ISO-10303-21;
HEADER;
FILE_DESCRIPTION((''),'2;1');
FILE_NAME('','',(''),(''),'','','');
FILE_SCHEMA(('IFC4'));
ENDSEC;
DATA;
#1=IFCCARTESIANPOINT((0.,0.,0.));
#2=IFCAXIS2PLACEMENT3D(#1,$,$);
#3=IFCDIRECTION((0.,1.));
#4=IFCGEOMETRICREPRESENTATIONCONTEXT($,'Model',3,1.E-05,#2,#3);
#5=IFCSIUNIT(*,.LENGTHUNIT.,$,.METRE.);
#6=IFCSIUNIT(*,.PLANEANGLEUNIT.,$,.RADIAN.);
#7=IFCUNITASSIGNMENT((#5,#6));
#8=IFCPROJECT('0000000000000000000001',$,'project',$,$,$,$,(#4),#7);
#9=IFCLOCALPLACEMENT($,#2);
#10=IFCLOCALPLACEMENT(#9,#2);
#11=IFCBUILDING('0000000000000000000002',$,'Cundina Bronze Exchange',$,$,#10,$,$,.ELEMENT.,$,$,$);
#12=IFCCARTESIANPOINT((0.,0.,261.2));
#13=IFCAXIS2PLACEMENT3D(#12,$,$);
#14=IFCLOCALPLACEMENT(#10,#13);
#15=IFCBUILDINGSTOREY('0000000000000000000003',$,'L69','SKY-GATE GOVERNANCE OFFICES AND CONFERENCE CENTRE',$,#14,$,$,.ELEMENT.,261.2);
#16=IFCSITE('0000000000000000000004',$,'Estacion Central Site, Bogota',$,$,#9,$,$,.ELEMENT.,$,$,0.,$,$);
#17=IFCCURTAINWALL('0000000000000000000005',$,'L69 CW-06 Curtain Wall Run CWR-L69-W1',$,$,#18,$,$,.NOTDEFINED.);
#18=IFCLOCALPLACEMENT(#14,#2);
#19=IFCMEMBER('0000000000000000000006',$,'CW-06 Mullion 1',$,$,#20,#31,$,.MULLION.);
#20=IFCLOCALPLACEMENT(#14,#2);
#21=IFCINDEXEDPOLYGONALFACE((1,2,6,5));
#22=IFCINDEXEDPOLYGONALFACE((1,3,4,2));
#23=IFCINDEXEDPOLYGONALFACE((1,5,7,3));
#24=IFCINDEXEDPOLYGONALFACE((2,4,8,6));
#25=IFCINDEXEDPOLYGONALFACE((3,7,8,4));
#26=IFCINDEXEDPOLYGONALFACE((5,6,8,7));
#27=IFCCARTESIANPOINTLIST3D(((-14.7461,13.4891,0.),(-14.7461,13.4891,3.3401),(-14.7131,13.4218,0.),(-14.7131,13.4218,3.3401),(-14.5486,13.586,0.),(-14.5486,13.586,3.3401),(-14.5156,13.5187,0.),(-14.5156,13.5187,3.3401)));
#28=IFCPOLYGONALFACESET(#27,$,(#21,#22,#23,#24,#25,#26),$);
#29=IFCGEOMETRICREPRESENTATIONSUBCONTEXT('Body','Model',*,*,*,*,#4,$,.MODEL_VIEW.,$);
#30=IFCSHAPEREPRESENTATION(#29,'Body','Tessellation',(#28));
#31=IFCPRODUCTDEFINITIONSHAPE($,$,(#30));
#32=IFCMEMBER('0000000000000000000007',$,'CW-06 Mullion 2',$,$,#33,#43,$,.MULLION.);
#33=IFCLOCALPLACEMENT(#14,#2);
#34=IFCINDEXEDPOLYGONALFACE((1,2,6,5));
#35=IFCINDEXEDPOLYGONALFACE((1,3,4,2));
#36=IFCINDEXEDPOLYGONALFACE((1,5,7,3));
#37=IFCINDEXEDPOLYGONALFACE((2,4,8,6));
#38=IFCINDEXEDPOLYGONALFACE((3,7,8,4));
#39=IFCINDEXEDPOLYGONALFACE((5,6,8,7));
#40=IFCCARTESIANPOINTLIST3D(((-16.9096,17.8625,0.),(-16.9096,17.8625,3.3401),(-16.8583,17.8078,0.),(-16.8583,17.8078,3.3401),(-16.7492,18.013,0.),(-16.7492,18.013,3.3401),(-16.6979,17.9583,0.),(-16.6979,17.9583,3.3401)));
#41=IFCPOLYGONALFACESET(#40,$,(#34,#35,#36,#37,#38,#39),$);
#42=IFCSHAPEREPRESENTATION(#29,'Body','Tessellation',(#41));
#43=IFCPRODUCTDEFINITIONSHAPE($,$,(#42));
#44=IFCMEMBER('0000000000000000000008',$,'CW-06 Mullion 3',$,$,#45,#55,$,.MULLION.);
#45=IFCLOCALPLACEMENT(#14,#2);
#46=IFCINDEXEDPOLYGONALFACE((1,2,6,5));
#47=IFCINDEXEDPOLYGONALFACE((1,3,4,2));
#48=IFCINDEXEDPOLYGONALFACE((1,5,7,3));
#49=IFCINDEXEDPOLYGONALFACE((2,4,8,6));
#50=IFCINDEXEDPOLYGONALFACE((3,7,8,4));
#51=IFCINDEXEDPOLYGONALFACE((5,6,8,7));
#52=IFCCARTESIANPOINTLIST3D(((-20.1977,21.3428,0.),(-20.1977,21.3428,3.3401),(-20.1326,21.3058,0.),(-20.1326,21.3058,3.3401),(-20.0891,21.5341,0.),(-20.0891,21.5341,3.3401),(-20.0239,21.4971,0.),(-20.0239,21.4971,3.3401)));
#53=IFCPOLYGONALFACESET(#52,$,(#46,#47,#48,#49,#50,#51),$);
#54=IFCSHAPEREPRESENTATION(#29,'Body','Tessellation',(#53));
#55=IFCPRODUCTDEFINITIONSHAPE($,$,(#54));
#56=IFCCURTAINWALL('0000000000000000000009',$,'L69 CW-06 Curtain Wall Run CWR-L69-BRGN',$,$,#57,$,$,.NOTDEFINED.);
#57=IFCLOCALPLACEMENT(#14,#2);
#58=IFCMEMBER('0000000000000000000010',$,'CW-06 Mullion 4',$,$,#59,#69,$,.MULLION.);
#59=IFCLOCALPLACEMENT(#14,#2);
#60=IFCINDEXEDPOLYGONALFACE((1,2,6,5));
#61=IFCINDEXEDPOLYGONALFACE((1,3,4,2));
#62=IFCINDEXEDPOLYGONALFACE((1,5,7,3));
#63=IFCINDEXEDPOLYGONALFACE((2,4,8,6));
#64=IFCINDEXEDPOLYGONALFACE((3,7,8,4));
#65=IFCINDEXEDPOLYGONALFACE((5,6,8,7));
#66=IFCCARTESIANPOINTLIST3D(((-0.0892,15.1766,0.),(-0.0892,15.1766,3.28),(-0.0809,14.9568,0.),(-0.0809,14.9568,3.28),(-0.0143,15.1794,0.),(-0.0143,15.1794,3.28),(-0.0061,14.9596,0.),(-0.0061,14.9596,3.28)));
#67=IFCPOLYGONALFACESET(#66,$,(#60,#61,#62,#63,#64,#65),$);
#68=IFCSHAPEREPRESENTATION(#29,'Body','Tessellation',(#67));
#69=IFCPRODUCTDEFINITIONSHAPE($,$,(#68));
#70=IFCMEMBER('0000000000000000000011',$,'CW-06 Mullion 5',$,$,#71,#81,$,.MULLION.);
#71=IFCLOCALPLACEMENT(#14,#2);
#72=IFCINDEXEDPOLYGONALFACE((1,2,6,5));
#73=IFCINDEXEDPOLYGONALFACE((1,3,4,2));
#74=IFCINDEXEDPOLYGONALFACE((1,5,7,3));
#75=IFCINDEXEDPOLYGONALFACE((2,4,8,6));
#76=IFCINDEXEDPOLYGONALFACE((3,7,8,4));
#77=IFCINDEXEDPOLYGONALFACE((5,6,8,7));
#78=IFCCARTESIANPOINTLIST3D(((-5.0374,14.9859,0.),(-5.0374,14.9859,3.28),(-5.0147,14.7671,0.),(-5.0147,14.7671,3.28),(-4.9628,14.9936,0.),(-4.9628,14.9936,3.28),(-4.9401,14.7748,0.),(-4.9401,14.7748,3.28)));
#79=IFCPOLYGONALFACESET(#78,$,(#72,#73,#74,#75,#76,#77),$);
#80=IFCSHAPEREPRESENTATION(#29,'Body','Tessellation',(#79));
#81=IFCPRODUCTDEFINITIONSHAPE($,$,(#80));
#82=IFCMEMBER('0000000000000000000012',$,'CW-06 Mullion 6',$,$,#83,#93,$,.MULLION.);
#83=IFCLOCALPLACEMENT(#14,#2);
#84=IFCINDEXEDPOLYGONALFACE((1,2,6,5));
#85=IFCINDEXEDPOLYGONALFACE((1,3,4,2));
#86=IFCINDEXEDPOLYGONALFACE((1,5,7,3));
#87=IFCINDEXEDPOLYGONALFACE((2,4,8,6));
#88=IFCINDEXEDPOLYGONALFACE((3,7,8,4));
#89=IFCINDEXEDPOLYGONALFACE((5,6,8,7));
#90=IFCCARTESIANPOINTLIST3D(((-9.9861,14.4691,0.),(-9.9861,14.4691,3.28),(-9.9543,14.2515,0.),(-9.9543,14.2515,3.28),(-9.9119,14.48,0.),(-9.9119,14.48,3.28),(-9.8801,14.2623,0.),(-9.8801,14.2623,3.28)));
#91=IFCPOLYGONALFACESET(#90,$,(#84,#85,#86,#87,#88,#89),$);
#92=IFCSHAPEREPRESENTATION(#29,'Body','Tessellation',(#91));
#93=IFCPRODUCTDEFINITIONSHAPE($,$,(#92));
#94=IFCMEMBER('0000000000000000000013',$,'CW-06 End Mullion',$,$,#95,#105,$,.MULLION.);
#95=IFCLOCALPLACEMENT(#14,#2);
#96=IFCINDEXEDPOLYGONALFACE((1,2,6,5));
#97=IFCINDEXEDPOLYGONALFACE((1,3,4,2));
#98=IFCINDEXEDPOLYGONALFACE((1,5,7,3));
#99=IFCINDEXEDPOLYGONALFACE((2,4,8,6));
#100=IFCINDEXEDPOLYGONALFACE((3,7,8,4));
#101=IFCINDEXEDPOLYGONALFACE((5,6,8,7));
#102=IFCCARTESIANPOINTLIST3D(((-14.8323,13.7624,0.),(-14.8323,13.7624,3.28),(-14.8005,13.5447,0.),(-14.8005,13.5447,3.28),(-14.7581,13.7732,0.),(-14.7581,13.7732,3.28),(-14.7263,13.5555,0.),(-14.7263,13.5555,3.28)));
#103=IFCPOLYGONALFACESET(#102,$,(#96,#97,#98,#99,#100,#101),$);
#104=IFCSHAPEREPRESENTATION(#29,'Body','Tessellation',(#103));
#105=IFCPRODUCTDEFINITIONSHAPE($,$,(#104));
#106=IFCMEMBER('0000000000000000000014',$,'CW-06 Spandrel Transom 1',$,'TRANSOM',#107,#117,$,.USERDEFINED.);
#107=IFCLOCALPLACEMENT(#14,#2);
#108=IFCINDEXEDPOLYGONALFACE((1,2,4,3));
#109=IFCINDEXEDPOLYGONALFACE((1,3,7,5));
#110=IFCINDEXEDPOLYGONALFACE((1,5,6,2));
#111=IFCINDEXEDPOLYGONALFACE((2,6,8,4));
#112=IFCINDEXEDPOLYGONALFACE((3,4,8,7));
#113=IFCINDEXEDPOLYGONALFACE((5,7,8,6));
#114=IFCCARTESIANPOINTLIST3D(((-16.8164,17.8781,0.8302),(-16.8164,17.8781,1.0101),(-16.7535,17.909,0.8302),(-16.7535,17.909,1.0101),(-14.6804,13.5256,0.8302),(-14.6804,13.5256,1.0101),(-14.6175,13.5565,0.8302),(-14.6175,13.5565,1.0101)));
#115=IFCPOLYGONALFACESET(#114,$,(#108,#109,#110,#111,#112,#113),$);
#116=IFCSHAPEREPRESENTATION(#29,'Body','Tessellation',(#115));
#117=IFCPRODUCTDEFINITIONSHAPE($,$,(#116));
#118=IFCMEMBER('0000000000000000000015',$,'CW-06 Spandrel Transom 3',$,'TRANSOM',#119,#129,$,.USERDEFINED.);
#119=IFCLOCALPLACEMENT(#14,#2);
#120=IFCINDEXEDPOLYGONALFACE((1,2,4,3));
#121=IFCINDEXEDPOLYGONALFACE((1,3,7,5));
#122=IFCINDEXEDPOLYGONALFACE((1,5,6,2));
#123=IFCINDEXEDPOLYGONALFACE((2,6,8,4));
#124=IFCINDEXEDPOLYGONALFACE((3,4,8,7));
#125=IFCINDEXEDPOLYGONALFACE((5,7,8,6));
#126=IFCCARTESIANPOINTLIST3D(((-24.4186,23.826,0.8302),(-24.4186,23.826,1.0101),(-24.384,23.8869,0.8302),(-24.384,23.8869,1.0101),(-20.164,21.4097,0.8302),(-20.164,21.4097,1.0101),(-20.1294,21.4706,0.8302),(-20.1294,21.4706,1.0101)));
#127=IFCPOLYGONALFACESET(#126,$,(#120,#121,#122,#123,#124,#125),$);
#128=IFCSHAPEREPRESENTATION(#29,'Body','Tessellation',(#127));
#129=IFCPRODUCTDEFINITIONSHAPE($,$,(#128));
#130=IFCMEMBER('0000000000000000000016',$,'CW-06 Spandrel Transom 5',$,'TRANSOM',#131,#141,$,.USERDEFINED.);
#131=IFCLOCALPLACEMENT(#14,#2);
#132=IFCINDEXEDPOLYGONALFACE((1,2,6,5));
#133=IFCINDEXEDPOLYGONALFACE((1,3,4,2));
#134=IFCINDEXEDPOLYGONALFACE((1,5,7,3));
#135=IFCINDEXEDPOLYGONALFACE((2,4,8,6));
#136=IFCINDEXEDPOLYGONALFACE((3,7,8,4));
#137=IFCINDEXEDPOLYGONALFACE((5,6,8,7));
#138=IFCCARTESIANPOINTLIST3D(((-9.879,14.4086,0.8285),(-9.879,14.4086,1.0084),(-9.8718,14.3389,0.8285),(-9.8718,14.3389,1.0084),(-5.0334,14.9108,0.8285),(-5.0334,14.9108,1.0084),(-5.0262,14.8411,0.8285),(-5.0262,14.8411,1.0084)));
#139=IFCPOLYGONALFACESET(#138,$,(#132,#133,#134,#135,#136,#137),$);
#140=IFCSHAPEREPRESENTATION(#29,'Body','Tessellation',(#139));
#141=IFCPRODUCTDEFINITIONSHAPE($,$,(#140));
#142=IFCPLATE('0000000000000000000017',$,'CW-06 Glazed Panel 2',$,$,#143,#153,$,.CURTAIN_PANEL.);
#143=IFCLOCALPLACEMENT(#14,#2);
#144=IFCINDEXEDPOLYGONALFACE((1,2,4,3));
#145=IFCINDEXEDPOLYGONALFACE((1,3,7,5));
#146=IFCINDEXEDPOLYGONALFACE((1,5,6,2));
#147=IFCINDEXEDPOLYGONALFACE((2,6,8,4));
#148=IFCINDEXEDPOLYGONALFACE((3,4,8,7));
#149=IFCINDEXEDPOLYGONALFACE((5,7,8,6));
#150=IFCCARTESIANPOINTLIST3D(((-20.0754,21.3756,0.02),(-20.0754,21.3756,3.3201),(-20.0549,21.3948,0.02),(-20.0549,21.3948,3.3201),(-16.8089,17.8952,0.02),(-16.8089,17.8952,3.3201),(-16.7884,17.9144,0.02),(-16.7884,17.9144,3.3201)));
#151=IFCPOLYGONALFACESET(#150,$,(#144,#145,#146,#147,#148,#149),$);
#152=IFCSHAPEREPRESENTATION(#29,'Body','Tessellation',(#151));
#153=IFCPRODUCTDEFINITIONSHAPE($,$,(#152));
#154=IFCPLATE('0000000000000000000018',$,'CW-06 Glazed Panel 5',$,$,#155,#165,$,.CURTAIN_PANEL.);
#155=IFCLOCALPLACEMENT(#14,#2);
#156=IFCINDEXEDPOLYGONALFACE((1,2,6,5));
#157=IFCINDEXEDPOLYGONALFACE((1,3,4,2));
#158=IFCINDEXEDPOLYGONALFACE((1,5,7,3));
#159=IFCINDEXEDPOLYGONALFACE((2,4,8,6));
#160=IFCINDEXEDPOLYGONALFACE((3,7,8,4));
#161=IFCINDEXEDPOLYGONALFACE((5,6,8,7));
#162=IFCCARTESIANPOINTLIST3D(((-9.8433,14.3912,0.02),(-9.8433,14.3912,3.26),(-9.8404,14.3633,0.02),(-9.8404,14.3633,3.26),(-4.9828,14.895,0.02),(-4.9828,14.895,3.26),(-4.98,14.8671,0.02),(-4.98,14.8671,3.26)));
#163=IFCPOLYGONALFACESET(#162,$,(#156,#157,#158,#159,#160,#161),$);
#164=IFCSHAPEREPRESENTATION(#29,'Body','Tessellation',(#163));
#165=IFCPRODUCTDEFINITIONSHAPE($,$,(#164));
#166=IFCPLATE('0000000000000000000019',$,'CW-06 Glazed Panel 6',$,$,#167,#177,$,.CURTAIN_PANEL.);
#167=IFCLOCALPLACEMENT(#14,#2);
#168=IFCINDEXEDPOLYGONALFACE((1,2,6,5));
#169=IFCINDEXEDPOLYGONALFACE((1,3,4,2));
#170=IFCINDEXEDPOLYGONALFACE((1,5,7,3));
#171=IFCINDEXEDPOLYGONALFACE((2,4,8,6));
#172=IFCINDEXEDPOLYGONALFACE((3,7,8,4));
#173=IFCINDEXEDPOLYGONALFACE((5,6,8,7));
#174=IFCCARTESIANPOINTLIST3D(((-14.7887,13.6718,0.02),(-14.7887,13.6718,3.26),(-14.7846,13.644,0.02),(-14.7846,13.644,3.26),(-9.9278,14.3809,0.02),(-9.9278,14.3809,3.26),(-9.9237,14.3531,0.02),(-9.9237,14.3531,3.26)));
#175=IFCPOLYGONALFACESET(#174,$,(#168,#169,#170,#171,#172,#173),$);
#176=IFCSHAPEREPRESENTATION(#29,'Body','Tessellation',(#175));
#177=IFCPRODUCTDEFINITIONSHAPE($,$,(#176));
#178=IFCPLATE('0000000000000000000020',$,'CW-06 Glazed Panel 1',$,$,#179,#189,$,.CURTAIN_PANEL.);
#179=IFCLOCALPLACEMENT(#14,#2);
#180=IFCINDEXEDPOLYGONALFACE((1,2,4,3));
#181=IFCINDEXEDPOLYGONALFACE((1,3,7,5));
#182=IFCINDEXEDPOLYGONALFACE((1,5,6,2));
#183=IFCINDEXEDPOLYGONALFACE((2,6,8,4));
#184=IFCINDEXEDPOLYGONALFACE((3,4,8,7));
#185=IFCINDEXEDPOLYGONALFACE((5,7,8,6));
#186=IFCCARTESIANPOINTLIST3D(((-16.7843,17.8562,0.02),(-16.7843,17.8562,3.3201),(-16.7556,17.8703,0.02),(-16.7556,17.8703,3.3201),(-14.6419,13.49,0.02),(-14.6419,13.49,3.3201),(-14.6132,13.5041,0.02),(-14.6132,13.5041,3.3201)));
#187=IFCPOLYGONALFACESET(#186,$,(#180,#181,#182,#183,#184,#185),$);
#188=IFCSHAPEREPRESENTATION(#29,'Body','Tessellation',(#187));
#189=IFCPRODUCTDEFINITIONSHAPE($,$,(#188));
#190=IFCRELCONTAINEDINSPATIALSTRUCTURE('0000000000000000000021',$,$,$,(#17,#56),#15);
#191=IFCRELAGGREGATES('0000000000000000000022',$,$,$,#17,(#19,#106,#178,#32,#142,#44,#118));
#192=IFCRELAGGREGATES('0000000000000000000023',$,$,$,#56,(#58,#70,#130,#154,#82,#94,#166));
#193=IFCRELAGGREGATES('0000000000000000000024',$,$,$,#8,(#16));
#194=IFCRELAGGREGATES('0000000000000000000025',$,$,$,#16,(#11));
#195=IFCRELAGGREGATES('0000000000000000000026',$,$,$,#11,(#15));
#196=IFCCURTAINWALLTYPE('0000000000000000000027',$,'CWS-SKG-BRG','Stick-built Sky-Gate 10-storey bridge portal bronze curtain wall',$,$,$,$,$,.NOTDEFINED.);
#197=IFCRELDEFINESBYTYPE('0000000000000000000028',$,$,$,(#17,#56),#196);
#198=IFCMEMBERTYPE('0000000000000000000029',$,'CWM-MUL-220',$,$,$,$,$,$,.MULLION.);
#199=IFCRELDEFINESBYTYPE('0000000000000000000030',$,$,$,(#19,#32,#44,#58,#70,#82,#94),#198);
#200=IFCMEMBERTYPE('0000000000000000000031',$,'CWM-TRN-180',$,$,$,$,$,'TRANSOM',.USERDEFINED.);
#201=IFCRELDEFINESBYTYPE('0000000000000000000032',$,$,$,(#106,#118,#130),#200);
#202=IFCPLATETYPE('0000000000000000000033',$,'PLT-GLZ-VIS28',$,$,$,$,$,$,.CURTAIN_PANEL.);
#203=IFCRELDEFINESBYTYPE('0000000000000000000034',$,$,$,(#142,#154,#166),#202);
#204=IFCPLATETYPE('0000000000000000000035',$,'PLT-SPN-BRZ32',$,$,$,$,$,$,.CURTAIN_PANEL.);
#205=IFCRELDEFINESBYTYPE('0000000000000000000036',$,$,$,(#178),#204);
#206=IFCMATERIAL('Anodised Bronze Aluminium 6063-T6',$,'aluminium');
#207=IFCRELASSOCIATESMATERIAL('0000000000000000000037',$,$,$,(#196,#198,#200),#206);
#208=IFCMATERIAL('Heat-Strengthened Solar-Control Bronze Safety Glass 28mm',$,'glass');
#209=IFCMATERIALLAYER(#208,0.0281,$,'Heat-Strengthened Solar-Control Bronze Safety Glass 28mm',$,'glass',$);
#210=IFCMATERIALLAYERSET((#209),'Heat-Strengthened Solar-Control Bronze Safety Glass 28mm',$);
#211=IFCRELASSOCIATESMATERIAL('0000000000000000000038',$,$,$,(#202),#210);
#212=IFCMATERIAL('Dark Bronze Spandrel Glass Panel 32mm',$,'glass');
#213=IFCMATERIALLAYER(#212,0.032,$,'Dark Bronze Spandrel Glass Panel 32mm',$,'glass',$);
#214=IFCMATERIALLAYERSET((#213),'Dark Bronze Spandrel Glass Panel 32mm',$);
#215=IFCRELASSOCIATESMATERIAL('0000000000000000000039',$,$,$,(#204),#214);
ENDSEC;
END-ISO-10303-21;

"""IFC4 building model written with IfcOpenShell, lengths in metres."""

from ifc_helpers import new_model, si_unit, direction, frame, origin, origin_2d, place, context, subcontext, project, spatial, rectangle, extrude, material, layer, layer_set, material_profile, profile_set, type_object, element, aggregate, save


model = new_model("IFC4")

# Units and contexts
model_context = context("Model", 3, precision=1e-05, world=origin(), true_north=direction((0.0, 1.0)))
body_context = subcontext(model_context, "Body", "Model", "MODEL_VIEW")
ifc_project = project(units=[si_unit("LENGTHUNIT", "METRE"), si_unit("PLANEANGLEUNIT", "RADIAN")], contexts=[model_context])

# Site, building, storey
site_placement = place(None, origin())
site = spatial("IfcSite", under=ifc_project, at=site_placement, Name="Estacion Central Site, Bogota", CompositionType="ELEMENT", RefElevation=0.0)
building_placement = place(site_placement, origin())
building = spatial("IfcBuilding", under=site, at=building_placement, Name="Cundina Bronze Exchange", CompositionType="ELEMENT")
storey_placement = place(building_placement, frame((0.0, 0.0, 261.2)))
storey = spatial("IfcBuildingStorey", under=building, at=storey_placement, Name="L69", Description="SKY-GATE GOVERNANCE OFFICES AND CONFERENCE CENTRE", CompositionType="ELEMENT", Elevation=261.2)

# Curtain walls, members
ifc_material_1 = material(Name="Anodised Bronze Aluminium 6063-T6", Category="aluminium")
curtain_wall_type = type_object("IfcCurtainWallType", Name="CWS-SKG-BRG", Description="Stick-built Sky-Gate 10-storey bridge portal bronze curtain wall", PredefinedType="NOTDEFINED", material=ifc_material_1)
curtain_wall_1_placement = place(storey_placement, origin())
curtain_wall_1 = element("IfcCurtainWall", 1, at=curtain_wall_1_placement, inside=storey, type_object=curtain_wall_type, Name="L69 CW-06 Curtain Wall Run CWR-L69-W1", PredefinedType="NOTDEFINED")
ifc_material_profile_1 = material_profile(ifc_material_1, rectangle(XDim=0.075, YDim=0.22, at=origin_2d()), Name="AL75X220", Category="aluminium")
ifc_profile_set_1 = profile_set([ifc_material_profile_1], Name="Anodised Bronze Aluminium 6063-T6")
member_type_1 = type_object("IfcMemberType", Name="CWM-MUL-220", PredefinedType="MULLION", material=ifc_profile_set_1)
member_1_placement = place(storey_placement, frame((-14.6309, 13.5039, 0.0), z_axis=(0.0, 0.0, 1.0), x_axis=(-0.440566, 0.89772, 0.0)))
member_1 = element("IfcMember", 2, at=member_1_placement, type_object=member_type_1, Name="CW-06 Mullion 1", PredefinedType="MULLION", context=body_context, shape_type="SweptSolid", body=[
    extrude(rectangle(XDim=0.075, YDim=0.22, at=origin_2d()), origin(), (0.0, 0.0, 1.0), 3.3401),
])
member_2_placement = place(storey_placement, frame((-16.8037, 17.9104, 0.0), z_axis=(0.0, 0.0, 1.0), x_axis=(-0.684293, 0.729208, 0.0)))
member_2 = element("IfcMember", 3, at=member_2_placement, type_object=member_type_1, Name="CW-06 Mullion 2", PredefinedType="MULLION", context=body_context, shape_type="SweptSolid", body=[
    extrude(rectangle(XDim=0.075, YDim=0.22, at=origin_2d()), origin(), (0.0, 0.0, 1.0), 3.3401),
])
member_3_placement = place(storey_placement, frame((-20.1108, 21.4199, 0.0), z_axis=(0.0, 0.0, 1.0), x_axis=(-0.869581, 0.49379, 0.0)))
member_3 = element("IfcMember", 4, at=member_3_placement, type_object=member_type_1, Name="CW-06 Mullion 3", PredefinedType="MULLION", context=body_context, shape_type="SweptSolid", body=[
    extrude(rectangle(XDim=0.075, YDim=0.22, at=origin_2d()), origin(), (0.0, 0.0, 1.0), 3.3401),
])
curtain_wall_2_placement = place(storey_placement, origin())
curtain_wall_2 = element("IfcCurtainWall", 5, at=curtain_wall_2_placement, inside=storey, type_object=curtain_wall_type, Name="L69 CW-06 Curtain Wall Run CWR-L69-BRGN", PredefinedType="NOTDEFINED")
member_4_placement = place(storey_placement, frame((-0.0476, 15.0681, 0.0), z_axis=(0.0, 0.0, 1.0), x_axis=(-0.999303, -0.037341, 0.0)))
member_4 = element("IfcMember", 6, at=member_4_placement, type_object=member_type_1, Name="CW-06 Mullion 4", PredefinedType="MULLION", context=body_context, shape_type="SweptSolid", body=[
    extrude(rectangle(XDim=0.075, YDim=0.22, at=origin_2d()), origin(), (0.0, 0.0, 1.0), 3.28),
])
member_5_placement = place(storey_placement, frame((-4.9888, 14.8804, 0.0), z_axis=(0.0, 0.0, 1.0), x_axis=(-0.994667, -0.10314, 0.0)))
member_5 = element("IfcMember", 7, at=member_5_placement, type_object=member_type_1, Name="CW-06 Mullion 5", PredefinedType="MULLION", context=body_context, shape_type="SweptSolid", body=[
    extrude(rectangle(XDim=0.075, YDim=0.22, at=origin_2d()), origin(), (0.0, 0.0, 1.0), 3.28),
])
member_6_placement = place(storey_placement, frame((-9.9331, 14.3657, 0.0), z_axis=(0.0, 0.0, 1.0), x_axis=(-0.989526, -0.144356, 0.0)))
member_6 = element("IfcMember", 8, at=member_6_placement, type_object=member_type_1, Name="CW-06 Mullion 6", PredefinedType="MULLION", context=body_context, shape_type="SweptSolid", body=[
    extrude(rectangle(XDim=0.075, YDim=0.22, at=origin_2d()), origin(), (0.0, 0.0, 1.0), 3.28),
])
member_7_placement = place(storey_placement, frame((-14.7793, 13.6589, 0.0), z_axis=(0.0, 0.0, 1.0), x_axis=(-0.989526, -0.144356, 0.0)))
member_7 = element("IfcMember", 9, at=member_7_placement, type_object=member_type_1, Name="CW-06 End Mullion", PredefinedType="MULLION", context=body_context, shape_type="SweptSolid", body=[
    extrude(rectangle(XDim=0.075, YDim=0.22, at=origin_2d()), origin(), (0.0, 0.0, 1.0), 3.28),
])

# Members
ifc_material_profile_2 = material_profile(ifc_material_1, rectangle(XDim=0.0701, YDim=0.1799, at=origin_2d()), Name="AL70X180", Category="aluminium")
ifc_profile_set_2 = profile_set([ifc_material_profile_2], Name="Anodised Bronze Aluminium 6063-T6")
member_type_2 = type_object("IfcMemberType", Name="CWM-TRN-180", ElementType="TRANSOM", PredefinedType="USERDEFINED", material=ifc_profile_set_2)
member_8_placement = place(storey_placement, frame((-14.6489, 13.541, 0.9202), z_axis=(-0.440554, 0.897726, 0.0), x_axis=(-0.897726, -0.440554, 0.0)))
member_8 = element("IfcMember", 10, at=member_8_placement, type_object=member_type_2, Name="CW-06 Spandrel Transom 1", ObjectType="TRANSOM", PredefinedType="USERDEFINED", context=body_context, shape_type="SweptSolid", body=[
    extrude(rectangle(XDim=0.0701, YDim=0.1799, at=origin_2d()), origin(), (0.0, 0.0, 1.0), 4.8484),
])
member_9_placement = place(storey_placement, frame((-20.1467, 21.4402, 0.9202), z_axis=(-0.869557, 0.493832, 0.0), x_axis=(-0.493832, -0.869557, 0.0)))
member_9 = element("IfcMember", 11, at=member_9_placement, type_object=member_type_2, Name="CW-06 Spandrel Transom 3", ObjectType="TRANSOM", PredefinedType="USERDEFINED", context=body_context, shape_type="SweptSolid", body=[
    extrude(rectangle(XDim=0.0701, YDim=0.1799, at=origin_2d()), origin(), (0.0, 0.0, 1.0), 4.8928),
])
member_10_placement = place(storey_placement, frame((-5.0298, 14.876, 0.9185), z_axis=(-0.994672, -0.103086, 0.0), x_axis=(0.103086, -0.994672, 0.0)))
member_10 = element("IfcMember", 12, at=member_10_placement, type_object=member_type_2, Name="CW-06 Spandrel Transom 5", ObjectType="TRANSOM", PredefinedType="USERDEFINED", context=body_context, shape_type="SweptSolid", body=[
    extrude(rectangle(XDim=0.0701, YDim=0.1799, at=origin_2d()), origin(), (0.0, 0.0, 1.0), 4.8716),
])

# Plates
ifc_material_2 = material(Name="Heat-Strengthened Solar-Control Bronze Safety Glass 28mm", Category="glass")
ifc_layer_1 = layer(ifc_material_2, 0.0281, Name="Heat-Strengthened Solar-Control Bronze Safety Glass 28mm", Category="glass")
ifc_layer_set_1 = layer_set([ifc_layer_1], Name="Heat-Strengthened Solar-Control Bronze Safety Glass 28mm")
plate_type_1 = type_object("IfcPlateType", Name="PLT-GLZ-VIS28", PredefinedType="CURTAIN_PANEL", material=ifc_layer_set_1)
plate_1_placement = place(storey_placement, frame((-18.4319, 19.645, 0.02), z_axis=(0.0, 0.0, 1.0), x_axis=(-0.684344, 0.72916, 0.0)))
plate_1 = element("IfcPlate", 13, at=plate_1_placement, type_object=plate_type_1, Name="CW-06 Glazed Panel 2", PredefinedType="CURTAIN_PANEL", context=body_context, shape_type="SweptSolid", body=[
    extrude(rectangle(XDim=4.7732, YDim=0.0281, at=origin_2d()), origin(), (0.0, 0.0, 1.0), 3.3),
])
plate_2_placement = place(storey_placement, frame((-7.4116, 14.6292, 0.02), z_axis=(0.0, 0.0, 1.0), x_axis=(-0.994672, -0.103088, 0.0)))
plate_2 = element("IfcPlate", 14, at=plate_2_placement, type_object=plate_type_1, Name="CW-06 Glazed Panel 5", PredefinedType="CURTAIN_PANEL", context=body_context, shape_type="SweptSolid", body=[
    extrude(rectangle(XDim=4.8865, YDim=0.0281, at=origin_2d()), origin(), (0.0, 0.0, 1.0), 3.24),
])
plate_3_placement = place(storey_placement, frame((-12.3562, 14.0125, 0.02), z_axis=(0.0, 0.0, 1.0), x_axis=(-0.989528, -0.144339, 0.0)))
plate_3 = element("IfcPlate", 15, at=plate_3_placement, type_object=plate_type_1, Name="CW-06 Glazed Panel 6", PredefinedType="CURTAIN_PANEL", context=body_context, shape_type="SweptSolid", body=[
    extrude(rectangle(XDim=4.9124, YDim=0.0281, at=origin_2d()), origin(), (0.0, 0.0, 1.0), 3.24),
])
ifc_material_3 = material(Name="Dark Bronze Spandrel Glass Panel 32mm", Category="glass")
ifc_layer_2 = layer(ifc_material_3, 0.032, Name="Dark Bronze Spandrel Glass Panel 32mm", Category="glass")
ifc_layer_set_2 = layer_set([ifc_layer_2], Name="Dark Bronze Spandrel Glass Panel 32mm")
plate_type_2 = type_object("IfcPlateType", Name="PLT-SPN-BRZ32", PredefinedType="CURTAIN_PANEL", material=ifc_layer_set_2)
plate_4_placement = place(storey_placement, frame((-15.6987, 15.6802, 0.02), z_axis=(0.0, 0.0, 1.0), x_axis=(-0.440503, 0.897751, 0.0)))
plate_4 = element("IfcPlate", 16, at=plate_4_placement, type_object=plate_type_2, Name="CW-06 Glazed Panel 1", PredefinedType="CURTAIN_PANEL", context=body_context, shape_type="SweptSolid", body=[
    extrude(rectangle(XDim=4.8635, YDim=0.032, at=origin_2d()), origin(), (0.0, 0.0, 1.0), 3.3),
])
aggregate(curtain_wall_1, [member_1, member_8, plate_4, member_2, plate_1, member_3, member_9])
aggregate(curtain_wall_2, [member_4, member_5, member_10, plate_2, member_6, member_7, plate_3])

save(model, "model.ifc")
